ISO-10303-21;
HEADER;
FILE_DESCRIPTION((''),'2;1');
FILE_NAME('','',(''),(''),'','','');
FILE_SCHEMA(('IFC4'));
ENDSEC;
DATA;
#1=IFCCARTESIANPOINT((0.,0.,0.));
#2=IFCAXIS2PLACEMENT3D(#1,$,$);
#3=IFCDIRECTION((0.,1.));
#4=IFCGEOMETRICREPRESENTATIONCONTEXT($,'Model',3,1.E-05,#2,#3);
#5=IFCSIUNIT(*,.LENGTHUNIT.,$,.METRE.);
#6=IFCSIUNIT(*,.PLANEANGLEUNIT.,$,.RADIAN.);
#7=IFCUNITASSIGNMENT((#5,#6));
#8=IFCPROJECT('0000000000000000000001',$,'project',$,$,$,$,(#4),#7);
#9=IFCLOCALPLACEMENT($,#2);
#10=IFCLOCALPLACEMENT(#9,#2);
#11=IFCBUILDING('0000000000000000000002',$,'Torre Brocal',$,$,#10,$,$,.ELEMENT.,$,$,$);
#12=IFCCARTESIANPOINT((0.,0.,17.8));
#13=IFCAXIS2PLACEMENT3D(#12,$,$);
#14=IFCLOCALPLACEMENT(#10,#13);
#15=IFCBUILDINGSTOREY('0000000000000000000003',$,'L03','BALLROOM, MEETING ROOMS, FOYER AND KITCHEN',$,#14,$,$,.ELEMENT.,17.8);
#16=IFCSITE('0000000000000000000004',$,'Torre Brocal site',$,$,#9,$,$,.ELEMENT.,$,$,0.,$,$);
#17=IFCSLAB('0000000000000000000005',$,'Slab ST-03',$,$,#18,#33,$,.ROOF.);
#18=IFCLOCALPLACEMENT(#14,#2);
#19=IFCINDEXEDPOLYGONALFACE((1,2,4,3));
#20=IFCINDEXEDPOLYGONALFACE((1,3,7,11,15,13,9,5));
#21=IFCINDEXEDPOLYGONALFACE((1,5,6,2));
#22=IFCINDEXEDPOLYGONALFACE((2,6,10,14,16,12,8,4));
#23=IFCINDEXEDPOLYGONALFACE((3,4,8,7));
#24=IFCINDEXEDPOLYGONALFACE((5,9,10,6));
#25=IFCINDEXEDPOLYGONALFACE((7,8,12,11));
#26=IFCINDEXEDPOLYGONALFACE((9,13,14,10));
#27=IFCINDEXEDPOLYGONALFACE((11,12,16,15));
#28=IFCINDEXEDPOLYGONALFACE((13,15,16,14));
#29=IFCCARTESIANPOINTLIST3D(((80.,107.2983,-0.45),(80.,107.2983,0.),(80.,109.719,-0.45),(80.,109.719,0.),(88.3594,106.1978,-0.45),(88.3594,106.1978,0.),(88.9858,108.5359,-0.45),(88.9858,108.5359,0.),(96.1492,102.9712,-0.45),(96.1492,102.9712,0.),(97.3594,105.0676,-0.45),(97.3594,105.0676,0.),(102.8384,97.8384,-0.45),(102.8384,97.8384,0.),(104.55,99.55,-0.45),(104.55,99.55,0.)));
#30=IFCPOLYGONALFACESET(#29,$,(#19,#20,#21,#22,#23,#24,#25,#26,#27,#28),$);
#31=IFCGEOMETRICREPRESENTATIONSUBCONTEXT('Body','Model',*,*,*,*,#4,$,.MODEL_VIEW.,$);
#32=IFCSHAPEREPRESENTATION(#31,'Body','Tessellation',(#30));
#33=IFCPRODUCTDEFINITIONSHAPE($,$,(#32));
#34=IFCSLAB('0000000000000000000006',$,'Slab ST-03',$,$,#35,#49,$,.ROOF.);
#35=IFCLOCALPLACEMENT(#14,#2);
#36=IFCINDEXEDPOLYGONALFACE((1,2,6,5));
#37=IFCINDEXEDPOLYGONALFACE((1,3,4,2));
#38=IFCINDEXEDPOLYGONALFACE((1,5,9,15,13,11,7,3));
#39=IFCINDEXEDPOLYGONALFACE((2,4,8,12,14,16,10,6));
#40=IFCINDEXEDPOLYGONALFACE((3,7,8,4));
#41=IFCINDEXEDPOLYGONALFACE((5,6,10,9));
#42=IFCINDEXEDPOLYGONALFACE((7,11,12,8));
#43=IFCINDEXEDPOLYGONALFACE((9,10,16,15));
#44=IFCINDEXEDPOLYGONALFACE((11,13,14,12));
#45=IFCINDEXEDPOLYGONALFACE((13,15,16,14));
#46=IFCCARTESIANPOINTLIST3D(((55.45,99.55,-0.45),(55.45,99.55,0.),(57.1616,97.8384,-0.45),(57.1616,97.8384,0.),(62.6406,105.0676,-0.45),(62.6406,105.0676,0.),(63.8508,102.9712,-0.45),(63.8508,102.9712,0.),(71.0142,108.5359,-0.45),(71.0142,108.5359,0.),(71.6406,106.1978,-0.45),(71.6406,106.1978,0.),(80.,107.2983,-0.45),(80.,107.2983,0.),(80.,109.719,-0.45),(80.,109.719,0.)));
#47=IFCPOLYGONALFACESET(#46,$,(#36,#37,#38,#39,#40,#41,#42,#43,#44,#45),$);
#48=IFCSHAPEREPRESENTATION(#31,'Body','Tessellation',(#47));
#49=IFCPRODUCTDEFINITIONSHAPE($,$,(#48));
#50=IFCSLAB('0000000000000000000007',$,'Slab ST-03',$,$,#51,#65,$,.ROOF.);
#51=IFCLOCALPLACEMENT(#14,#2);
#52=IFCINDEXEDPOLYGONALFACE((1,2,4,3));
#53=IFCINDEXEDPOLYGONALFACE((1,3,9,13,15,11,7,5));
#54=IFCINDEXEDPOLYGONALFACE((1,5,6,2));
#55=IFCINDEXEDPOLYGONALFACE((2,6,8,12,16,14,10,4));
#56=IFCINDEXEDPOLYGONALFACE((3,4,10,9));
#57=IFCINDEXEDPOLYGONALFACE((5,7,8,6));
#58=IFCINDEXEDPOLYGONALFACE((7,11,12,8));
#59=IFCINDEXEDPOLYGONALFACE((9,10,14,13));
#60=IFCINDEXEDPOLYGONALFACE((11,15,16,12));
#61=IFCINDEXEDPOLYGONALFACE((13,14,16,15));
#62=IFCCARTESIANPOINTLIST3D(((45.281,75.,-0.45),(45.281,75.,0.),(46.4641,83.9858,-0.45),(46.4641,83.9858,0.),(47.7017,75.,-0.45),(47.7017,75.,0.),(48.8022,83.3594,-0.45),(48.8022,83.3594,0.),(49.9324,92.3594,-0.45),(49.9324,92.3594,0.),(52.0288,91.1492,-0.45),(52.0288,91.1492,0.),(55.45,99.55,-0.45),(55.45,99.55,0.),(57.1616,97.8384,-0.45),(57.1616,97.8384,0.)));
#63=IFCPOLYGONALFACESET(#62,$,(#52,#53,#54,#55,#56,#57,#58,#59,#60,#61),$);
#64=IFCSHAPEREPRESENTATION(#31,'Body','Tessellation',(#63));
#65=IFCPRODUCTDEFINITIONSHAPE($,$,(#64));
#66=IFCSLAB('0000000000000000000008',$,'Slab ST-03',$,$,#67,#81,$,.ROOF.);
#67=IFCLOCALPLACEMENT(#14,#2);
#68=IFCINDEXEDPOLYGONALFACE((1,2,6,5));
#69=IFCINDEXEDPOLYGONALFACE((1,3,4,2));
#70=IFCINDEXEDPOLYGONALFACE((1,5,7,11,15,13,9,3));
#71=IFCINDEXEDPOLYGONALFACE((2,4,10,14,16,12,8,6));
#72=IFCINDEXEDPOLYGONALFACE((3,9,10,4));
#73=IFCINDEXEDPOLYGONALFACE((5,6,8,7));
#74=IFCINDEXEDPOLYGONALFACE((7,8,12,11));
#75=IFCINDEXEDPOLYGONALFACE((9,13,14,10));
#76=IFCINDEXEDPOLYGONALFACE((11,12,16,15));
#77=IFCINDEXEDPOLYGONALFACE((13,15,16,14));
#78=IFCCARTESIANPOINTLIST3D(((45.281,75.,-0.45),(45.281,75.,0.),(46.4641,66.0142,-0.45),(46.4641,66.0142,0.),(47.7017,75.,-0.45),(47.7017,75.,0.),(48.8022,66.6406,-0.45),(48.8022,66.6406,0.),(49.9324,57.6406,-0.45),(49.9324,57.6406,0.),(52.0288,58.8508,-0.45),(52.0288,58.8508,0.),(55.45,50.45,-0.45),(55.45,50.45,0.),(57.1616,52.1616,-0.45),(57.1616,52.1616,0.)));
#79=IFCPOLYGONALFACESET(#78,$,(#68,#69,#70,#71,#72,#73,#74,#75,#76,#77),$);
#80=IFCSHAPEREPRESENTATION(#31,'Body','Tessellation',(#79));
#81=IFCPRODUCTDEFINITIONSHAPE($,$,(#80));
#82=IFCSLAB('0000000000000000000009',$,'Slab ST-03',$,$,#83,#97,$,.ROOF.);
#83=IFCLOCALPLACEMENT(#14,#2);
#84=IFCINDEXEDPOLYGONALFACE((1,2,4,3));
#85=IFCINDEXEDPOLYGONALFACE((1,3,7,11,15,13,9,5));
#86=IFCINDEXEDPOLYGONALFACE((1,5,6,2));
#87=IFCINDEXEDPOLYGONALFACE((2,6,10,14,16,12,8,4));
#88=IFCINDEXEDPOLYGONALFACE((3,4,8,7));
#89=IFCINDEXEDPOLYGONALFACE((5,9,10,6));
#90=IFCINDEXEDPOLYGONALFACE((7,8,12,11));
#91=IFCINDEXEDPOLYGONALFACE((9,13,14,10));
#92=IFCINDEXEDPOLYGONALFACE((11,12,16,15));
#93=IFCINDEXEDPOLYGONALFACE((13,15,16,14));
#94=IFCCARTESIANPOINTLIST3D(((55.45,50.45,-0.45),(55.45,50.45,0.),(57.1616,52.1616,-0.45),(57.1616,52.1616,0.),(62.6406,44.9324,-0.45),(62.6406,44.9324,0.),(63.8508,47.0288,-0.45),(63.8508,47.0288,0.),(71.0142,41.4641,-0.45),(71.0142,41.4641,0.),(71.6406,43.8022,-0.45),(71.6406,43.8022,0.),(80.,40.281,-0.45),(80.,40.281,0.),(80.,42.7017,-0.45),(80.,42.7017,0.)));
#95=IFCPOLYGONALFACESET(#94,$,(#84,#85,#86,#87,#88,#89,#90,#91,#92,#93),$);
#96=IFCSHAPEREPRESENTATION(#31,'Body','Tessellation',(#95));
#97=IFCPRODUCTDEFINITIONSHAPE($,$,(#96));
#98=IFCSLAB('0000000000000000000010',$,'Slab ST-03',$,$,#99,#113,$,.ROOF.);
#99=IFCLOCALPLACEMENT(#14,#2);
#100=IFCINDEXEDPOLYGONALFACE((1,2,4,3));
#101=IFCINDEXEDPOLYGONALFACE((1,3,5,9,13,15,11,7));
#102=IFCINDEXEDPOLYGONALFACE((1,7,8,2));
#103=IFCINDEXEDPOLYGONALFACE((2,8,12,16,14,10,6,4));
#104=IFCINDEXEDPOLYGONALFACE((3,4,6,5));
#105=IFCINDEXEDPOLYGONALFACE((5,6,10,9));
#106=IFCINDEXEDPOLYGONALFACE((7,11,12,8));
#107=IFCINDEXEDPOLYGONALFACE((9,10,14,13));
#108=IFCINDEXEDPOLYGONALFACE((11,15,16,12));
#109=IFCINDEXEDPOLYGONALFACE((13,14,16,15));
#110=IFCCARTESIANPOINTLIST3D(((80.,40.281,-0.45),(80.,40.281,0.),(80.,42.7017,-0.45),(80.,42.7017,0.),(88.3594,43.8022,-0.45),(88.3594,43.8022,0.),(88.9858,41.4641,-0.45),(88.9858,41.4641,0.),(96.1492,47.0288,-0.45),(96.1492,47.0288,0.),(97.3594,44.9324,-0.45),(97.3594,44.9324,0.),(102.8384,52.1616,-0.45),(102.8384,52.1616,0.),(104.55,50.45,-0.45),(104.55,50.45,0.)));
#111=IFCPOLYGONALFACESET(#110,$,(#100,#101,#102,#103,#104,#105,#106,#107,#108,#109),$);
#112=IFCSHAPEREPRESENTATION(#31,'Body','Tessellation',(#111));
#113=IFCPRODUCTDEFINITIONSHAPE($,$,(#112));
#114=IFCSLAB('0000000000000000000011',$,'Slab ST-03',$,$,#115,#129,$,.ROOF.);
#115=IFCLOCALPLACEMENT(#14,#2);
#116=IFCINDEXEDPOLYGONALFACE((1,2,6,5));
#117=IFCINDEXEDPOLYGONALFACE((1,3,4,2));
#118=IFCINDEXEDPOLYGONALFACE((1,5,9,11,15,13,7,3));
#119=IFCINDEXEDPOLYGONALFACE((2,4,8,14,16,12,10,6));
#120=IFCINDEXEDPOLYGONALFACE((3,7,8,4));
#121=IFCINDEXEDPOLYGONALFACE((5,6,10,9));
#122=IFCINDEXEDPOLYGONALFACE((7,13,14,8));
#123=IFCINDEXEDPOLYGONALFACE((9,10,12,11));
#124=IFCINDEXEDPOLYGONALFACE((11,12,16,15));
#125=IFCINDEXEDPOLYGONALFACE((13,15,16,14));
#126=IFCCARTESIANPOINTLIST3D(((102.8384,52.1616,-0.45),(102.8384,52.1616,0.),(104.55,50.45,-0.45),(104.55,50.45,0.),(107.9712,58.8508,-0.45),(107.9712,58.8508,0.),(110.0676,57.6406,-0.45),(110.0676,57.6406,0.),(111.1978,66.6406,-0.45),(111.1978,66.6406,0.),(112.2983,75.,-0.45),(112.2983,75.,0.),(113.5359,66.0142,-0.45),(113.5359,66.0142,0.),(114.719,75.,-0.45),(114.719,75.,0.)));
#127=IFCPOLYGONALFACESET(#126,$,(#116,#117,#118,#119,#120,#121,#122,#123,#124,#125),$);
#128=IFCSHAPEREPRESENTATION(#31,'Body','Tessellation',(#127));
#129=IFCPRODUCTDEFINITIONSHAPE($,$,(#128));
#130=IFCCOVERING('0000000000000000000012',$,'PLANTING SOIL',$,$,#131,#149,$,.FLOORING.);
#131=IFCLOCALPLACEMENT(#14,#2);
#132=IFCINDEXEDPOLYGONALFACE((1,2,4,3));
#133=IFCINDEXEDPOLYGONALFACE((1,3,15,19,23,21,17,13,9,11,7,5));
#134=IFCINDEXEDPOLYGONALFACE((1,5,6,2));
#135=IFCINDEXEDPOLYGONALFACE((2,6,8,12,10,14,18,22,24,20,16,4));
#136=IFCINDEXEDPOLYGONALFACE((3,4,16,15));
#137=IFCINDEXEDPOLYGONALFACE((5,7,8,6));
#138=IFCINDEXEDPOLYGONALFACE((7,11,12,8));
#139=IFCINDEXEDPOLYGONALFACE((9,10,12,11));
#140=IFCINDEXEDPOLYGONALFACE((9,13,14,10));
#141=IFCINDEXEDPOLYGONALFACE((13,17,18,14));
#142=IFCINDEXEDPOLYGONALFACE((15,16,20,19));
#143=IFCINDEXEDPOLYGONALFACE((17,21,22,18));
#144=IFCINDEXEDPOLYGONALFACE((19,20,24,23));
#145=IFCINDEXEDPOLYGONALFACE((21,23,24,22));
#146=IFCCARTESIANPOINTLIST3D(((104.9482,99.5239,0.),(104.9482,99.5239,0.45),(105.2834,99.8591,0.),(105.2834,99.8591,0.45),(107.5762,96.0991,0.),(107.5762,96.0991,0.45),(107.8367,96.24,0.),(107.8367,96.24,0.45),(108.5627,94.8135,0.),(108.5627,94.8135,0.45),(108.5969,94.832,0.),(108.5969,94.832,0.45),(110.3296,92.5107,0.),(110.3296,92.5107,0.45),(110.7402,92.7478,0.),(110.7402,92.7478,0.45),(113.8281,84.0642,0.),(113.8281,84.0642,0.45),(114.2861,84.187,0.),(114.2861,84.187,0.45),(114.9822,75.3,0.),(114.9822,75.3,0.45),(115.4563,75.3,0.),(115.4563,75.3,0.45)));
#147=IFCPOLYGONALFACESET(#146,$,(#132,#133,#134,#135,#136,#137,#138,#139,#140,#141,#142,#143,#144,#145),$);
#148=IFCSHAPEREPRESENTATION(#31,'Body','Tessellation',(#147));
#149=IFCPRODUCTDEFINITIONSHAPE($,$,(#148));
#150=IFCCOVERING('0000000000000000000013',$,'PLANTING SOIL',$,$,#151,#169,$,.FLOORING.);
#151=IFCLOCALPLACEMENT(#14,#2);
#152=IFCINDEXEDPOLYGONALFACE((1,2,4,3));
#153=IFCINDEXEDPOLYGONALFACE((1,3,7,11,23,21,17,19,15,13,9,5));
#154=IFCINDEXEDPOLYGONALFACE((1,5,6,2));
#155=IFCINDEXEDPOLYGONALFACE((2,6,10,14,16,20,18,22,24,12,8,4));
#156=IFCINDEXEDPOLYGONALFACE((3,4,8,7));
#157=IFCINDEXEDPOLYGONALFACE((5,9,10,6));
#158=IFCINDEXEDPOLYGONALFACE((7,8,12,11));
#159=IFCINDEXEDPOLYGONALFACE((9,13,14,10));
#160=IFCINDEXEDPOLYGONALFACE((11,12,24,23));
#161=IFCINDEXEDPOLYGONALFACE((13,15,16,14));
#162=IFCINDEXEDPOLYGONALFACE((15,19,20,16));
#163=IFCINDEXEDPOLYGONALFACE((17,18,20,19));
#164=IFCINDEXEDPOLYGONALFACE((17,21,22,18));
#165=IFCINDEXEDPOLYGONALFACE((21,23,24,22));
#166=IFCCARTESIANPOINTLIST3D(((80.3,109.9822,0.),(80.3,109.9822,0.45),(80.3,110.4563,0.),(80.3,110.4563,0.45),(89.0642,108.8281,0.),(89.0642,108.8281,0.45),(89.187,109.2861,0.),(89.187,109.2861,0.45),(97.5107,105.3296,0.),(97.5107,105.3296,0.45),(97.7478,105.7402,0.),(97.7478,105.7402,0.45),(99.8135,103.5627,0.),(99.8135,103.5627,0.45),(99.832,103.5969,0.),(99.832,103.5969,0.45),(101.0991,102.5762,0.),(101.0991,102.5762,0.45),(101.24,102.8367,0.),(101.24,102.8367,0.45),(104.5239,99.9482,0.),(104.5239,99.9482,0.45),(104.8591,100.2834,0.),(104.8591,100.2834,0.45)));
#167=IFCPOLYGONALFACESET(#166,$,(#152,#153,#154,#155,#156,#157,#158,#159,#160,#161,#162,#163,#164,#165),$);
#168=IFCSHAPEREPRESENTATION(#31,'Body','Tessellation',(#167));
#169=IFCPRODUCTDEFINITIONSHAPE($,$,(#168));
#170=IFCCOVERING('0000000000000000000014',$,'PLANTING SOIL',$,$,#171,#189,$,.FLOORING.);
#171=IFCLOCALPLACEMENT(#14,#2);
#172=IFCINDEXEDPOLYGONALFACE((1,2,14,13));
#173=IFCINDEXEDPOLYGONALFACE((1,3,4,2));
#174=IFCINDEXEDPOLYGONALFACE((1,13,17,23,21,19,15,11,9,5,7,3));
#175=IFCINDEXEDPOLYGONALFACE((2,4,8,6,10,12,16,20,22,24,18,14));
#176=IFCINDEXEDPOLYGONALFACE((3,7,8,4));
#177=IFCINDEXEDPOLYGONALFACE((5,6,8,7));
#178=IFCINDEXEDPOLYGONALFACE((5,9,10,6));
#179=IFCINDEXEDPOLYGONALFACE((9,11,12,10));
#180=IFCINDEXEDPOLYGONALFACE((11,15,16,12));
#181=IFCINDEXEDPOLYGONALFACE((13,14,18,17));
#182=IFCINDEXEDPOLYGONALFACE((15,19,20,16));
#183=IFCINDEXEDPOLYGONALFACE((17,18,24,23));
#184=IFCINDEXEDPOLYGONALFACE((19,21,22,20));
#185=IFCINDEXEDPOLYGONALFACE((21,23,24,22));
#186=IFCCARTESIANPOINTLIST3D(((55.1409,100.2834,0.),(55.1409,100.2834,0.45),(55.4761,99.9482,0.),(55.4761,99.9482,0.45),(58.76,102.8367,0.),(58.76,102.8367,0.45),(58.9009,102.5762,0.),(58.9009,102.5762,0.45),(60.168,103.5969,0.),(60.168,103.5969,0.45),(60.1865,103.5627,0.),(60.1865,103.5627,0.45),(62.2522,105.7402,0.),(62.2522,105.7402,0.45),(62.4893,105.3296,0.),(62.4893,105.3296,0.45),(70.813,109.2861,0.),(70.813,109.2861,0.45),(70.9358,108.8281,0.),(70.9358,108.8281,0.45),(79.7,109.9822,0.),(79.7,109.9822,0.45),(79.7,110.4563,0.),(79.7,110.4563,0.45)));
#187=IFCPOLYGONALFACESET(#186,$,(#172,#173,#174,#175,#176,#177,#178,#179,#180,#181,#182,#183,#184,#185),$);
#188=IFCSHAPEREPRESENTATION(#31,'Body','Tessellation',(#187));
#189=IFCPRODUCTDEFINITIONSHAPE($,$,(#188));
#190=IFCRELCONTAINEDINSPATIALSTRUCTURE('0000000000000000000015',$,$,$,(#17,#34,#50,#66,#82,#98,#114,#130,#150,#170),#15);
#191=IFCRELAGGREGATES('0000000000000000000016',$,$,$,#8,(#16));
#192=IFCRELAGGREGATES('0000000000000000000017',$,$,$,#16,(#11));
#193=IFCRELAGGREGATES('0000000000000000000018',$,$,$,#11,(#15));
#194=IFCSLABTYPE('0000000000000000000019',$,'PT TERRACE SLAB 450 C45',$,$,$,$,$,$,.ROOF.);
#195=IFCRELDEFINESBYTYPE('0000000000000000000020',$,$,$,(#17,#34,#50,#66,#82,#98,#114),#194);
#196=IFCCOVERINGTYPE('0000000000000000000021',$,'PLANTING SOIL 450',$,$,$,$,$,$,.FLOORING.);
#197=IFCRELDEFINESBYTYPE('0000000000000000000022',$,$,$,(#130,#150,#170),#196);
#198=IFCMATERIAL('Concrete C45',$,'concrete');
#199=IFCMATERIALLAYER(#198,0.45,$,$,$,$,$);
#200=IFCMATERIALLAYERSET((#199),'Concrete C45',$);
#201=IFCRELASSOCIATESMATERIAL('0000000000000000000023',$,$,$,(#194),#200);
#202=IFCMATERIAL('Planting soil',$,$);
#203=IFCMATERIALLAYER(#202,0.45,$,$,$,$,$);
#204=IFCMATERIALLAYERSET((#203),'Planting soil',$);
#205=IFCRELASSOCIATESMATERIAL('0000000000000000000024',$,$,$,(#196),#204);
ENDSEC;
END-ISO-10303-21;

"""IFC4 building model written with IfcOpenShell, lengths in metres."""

from ifc_helpers import new_model, si_unit, direction, frame, origin, place, context, subcontext, project, spatial, polyline, outline, extrude, material, layer, layer_set, type_object, element, save


model = new_model("IFC4")

# Units and contexts
model_context = context("Model", 3, precision=1e-05, world=origin(), true_north=direction((0.0, 1.0)))
body_context = subcontext(model_context, "Body", "Model", "MODEL_VIEW")
ifc_project = project(units=[si_unit("LENGTHUNIT", "METRE"), si_unit("PLANEANGLEUNIT", "RADIAN")], contexts=[model_context])

# Site, building, storey
site_placement = place(None, origin())
site = spatial("IfcSite", under=ifc_project, at=site_placement, Name="Torre Brocal site", CompositionType="ELEMENT", RefElevation=0.0)
building_placement = place(site_placement, origin())
building = spatial("IfcBuilding", under=site, at=building_placement, Name="Torre Brocal", CompositionType="ELEMENT")
storey_placement = place(building_placement, frame((0.0, 0.0, 17.8)))
storey = spatial("IfcBuildingStorey", under=building, at=storey_placement, Name="L03", Description="BALLROOM, MEETING ROOMS, FOYER AND KITCHEN", CompositionType="ELEMENT", Elevation=17.8)

# Slabs
ifc_material_1 = material(Name="Concrete C45", Category="concrete")
ifc_layer_1 = layer(ifc_material_1, 0.45)
ifc_layer_set_1 = layer_set([ifc_layer_1], Name="Concrete C45")
slab_type_1 = type_object("IfcSlabType", Name="PT TERRACE SLAB 450 C45", PredefinedType="ROOF", material=ifc_layer_set_1)
slab_1_placement = place(storey_placement, frame((0.0, 0.0, -0.45)))
element("IfcSlab", 1, at=slab_1_placement, inside=storey, type_object=slab_type_1, Name="Slab ST-03", PredefinedType="ROOF", context=body_context, shape_type="SweptSolid", body=[
    extrude(outline(polyline([(96.1492, 102.9712), (88.3594, 106.1978), (80.0, 107.2983), (80.0, 109.719), (88.9858, 108.5359), (97.3594, 105.0676), (104.55, 99.55), (102.8384, 97.8384), (96.1492, 102.9712)])), origin(), (0.0, 0.0, 1.0), 0.45),
])
slab_2_placement = place(storey_placement, frame((0.0, 0.0, -0.45)))
element("IfcSlab", 2, at=slab_2_placement, inside=storey, type_object=slab_type_1, Name="Slab ST-03", PredefinedType="ROOF", context=body_context, shape_type="SweptSolid", body=[
    extrude(outline(polyline([(71.6406, 106.1978), (63.8508, 102.9712), (57.1616, 97.8384), (55.45, 99.55), (62.6406, 105.0676), (71.0142, 108.5359), (80.0, 109.719), (80.0, 107.2983), (71.6406, 106.1978)])), origin(), (0.0, 0.0, 1.0), 0.45),
])
slab_3_placement = place(storey_placement, frame((0.0, 0.0, -0.45)))
element("IfcSlab", 3, at=slab_3_placement, inside=storey, type_object=slab_type_1, Name="Slab ST-03", PredefinedType="ROOF", context=body_context, shape_type="SweptSolid", body=[
    extrude(outline(polyline([(52.0288, 91.1492), (48.8022, 83.3594), (47.7017, 75.0), (45.281, 75.0), (46.4641, 83.9858), (49.9324, 92.3594), (55.45, 99.55), (57.1616, 97.8384), (52.0288, 91.1492)])), origin(), (0.0, 0.0, 1.0), 0.45),
])
slab_4_placement = place(storey_placement, frame((0.0, 0.0, -0.45)))
element("IfcSlab", 4, at=slab_4_placement, inside=storey, type_object=slab_type_1, Name="Slab ST-03", PredefinedType="ROOF", context=body_context, shape_type="SweptSolid", body=[
    extrude(outline(polyline([(48.8022, 66.6406), (52.0288, 58.8508), (57.1616, 52.1616), (55.45, 50.45), (49.9324, 57.6406), (46.4641, 66.0142), (45.281, 75.0), (47.7017, 75.0), (48.8022, 66.6406)])), origin(), (0.0, 0.0, 1.0), 0.45),
])
slab_5_placement = place(storey_placement, frame((0.0, 0.0, -0.45)))
element("IfcSlab", 5, at=slab_5_placement, inside=storey, type_object=slab_type_1, Name="Slab ST-03", PredefinedType="ROOF", context=body_context, shape_type="SweptSolid", body=[
    extrude(outline(polyline([(63.8508, 47.0288), (71.6406, 43.8022), (80.0, 42.7017), (80.0, 40.281), (71.0142, 41.4641), (62.6406, 44.9324), (55.45, 50.45), (57.1616, 52.1616), (63.8508, 47.0288)])), origin(), (0.0, 0.0, 1.0), 0.45),
])
slab_6_placement = place(storey_placement, frame((0.0, 0.0, -0.45)))
element("IfcSlab", 6, at=slab_6_placement, inside=storey, type_object=slab_type_1, Name="Slab ST-03", PredefinedType="ROOF", context=body_context, shape_type="SweptSolid", body=[
    extrude(outline(polyline([(88.3594, 43.8022), (96.1492, 47.0288), (102.8384, 52.1616), (104.55, 50.45), (97.3594, 44.9324), (88.9858, 41.4641), (80.0, 40.281), (80.0, 42.7017), (88.3594, 43.8022)])), origin(), (0.0, 0.0, 1.0), 0.45),
])
slab_7_placement = place(storey_placement, frame((0.0, 0.0, -0.45)))
element("IfcSlab", 7, at=slab_7_placement, inside=storey, type_object=slab_type_1, Name="Slab ST-03", PredefinedType="ROOF", context=body_context, shape_type="SweptSolid", body=[
    extrude(outline(polyline([(107.9712, 58.8508), (111.1978, 66.6406), (112.2983, 75.0), (114.719, 75.0), (113.5359, 66.0142), (110.0676, 57.6406), (104.55, 50.45), (102.8384, 52.1616), (107.9712, 58.8508)])), origin(), (0.0, 0.0, 1.0), 0.45),
])

# Coverings
ifc_material_2 = material(Name="Planting soil")
ifc_layer_2 = layer(ifc_material_2, 0.45)
ifc_layer_set_2 = layer_set([ifc_layer_2], Name="Planting soil")
covering_type = type_object("IfcCoveringType", Name="PLANTING SOIL 450", PredefinedType="FLOORING", material=ifc_layer_set_2)
covering_1_placement = place(storey_placement, origin())
element("IfcCovering", 8, at=covering_1_placement, inside=storey, type_object=covering_type, Name="PLANTING SOIL", PredefinedType="FLOORING", context=body_context, shape_type="SweptSolid", body=[
    extrude(outline(polyline([(115.4563, 75.3), (114.9822, 75.3), (113.8281, 84.0642), (110.3296, 92.5107), (108.5627, 94.8135), (108.5969, 94.832), (107.8367, 96.24), (107.5762, 96.0991), (104.9482, 99.5239), (105.2834, 99.8591), (110.7402, 92.7478), (114.2861, 84.187), (115.4563, 75.3)])), origin(), (0.0, 0.0, 1.0), 0.45),
])
covering_2_placement = place(storey_placement, origin())
element("IfcCovering", 9, at=covering_2_placement, inside=storey, type_object=covering_type, Name="PLANTING SOIL", PredefinedType="FLOORING", context=body_context, shape_type="SweptSolid", body=[
    extrude(outline(polyline([(104.8591, 100.2834), (104.5239, 99.9482), (101.0991, 102.5762), (101.24, 102.8367), (99.832, 103.5969), (99.8135, 103.5627), (97.5107, 105.3296), (89.0642, 108.8281), (80.3, 109.9822), (80.3, 110.4563), (89.187, 109.2861), (97.7478, 105.7402), (104.8591, 100.2834)])), origin(), (0.0, 0.0, 1.0), 0.45),
])
covering_3_placement = place(storey_placement, origin())
element("IfcCovering", 10, at=covering_3_placement, inside=storey, type_object=covering_type, Name="PLANTING SOIL", PredefinedType="FLOORING", context=body_context, shape_type="SweptSolid", body=[
    extrude(outline(polyline([(79.7, 110.4563), (79.7, 109.9822), (70.9358, 108.8281), (62.4893, 105.3296), (60.1865, 103.5627), (60.168, 103.5969), (58.76, 102.8367), (58.9009, 102.5762), (55.4761, 99.9482), (55.1409, 100.2834), (62.2522, 105.7402), (70.813, 109.2861), (79.7, 110.4563)])), origin(), (0.0, 0.0, 1.0), 0.45),
])

save(model, "model.ifc")
